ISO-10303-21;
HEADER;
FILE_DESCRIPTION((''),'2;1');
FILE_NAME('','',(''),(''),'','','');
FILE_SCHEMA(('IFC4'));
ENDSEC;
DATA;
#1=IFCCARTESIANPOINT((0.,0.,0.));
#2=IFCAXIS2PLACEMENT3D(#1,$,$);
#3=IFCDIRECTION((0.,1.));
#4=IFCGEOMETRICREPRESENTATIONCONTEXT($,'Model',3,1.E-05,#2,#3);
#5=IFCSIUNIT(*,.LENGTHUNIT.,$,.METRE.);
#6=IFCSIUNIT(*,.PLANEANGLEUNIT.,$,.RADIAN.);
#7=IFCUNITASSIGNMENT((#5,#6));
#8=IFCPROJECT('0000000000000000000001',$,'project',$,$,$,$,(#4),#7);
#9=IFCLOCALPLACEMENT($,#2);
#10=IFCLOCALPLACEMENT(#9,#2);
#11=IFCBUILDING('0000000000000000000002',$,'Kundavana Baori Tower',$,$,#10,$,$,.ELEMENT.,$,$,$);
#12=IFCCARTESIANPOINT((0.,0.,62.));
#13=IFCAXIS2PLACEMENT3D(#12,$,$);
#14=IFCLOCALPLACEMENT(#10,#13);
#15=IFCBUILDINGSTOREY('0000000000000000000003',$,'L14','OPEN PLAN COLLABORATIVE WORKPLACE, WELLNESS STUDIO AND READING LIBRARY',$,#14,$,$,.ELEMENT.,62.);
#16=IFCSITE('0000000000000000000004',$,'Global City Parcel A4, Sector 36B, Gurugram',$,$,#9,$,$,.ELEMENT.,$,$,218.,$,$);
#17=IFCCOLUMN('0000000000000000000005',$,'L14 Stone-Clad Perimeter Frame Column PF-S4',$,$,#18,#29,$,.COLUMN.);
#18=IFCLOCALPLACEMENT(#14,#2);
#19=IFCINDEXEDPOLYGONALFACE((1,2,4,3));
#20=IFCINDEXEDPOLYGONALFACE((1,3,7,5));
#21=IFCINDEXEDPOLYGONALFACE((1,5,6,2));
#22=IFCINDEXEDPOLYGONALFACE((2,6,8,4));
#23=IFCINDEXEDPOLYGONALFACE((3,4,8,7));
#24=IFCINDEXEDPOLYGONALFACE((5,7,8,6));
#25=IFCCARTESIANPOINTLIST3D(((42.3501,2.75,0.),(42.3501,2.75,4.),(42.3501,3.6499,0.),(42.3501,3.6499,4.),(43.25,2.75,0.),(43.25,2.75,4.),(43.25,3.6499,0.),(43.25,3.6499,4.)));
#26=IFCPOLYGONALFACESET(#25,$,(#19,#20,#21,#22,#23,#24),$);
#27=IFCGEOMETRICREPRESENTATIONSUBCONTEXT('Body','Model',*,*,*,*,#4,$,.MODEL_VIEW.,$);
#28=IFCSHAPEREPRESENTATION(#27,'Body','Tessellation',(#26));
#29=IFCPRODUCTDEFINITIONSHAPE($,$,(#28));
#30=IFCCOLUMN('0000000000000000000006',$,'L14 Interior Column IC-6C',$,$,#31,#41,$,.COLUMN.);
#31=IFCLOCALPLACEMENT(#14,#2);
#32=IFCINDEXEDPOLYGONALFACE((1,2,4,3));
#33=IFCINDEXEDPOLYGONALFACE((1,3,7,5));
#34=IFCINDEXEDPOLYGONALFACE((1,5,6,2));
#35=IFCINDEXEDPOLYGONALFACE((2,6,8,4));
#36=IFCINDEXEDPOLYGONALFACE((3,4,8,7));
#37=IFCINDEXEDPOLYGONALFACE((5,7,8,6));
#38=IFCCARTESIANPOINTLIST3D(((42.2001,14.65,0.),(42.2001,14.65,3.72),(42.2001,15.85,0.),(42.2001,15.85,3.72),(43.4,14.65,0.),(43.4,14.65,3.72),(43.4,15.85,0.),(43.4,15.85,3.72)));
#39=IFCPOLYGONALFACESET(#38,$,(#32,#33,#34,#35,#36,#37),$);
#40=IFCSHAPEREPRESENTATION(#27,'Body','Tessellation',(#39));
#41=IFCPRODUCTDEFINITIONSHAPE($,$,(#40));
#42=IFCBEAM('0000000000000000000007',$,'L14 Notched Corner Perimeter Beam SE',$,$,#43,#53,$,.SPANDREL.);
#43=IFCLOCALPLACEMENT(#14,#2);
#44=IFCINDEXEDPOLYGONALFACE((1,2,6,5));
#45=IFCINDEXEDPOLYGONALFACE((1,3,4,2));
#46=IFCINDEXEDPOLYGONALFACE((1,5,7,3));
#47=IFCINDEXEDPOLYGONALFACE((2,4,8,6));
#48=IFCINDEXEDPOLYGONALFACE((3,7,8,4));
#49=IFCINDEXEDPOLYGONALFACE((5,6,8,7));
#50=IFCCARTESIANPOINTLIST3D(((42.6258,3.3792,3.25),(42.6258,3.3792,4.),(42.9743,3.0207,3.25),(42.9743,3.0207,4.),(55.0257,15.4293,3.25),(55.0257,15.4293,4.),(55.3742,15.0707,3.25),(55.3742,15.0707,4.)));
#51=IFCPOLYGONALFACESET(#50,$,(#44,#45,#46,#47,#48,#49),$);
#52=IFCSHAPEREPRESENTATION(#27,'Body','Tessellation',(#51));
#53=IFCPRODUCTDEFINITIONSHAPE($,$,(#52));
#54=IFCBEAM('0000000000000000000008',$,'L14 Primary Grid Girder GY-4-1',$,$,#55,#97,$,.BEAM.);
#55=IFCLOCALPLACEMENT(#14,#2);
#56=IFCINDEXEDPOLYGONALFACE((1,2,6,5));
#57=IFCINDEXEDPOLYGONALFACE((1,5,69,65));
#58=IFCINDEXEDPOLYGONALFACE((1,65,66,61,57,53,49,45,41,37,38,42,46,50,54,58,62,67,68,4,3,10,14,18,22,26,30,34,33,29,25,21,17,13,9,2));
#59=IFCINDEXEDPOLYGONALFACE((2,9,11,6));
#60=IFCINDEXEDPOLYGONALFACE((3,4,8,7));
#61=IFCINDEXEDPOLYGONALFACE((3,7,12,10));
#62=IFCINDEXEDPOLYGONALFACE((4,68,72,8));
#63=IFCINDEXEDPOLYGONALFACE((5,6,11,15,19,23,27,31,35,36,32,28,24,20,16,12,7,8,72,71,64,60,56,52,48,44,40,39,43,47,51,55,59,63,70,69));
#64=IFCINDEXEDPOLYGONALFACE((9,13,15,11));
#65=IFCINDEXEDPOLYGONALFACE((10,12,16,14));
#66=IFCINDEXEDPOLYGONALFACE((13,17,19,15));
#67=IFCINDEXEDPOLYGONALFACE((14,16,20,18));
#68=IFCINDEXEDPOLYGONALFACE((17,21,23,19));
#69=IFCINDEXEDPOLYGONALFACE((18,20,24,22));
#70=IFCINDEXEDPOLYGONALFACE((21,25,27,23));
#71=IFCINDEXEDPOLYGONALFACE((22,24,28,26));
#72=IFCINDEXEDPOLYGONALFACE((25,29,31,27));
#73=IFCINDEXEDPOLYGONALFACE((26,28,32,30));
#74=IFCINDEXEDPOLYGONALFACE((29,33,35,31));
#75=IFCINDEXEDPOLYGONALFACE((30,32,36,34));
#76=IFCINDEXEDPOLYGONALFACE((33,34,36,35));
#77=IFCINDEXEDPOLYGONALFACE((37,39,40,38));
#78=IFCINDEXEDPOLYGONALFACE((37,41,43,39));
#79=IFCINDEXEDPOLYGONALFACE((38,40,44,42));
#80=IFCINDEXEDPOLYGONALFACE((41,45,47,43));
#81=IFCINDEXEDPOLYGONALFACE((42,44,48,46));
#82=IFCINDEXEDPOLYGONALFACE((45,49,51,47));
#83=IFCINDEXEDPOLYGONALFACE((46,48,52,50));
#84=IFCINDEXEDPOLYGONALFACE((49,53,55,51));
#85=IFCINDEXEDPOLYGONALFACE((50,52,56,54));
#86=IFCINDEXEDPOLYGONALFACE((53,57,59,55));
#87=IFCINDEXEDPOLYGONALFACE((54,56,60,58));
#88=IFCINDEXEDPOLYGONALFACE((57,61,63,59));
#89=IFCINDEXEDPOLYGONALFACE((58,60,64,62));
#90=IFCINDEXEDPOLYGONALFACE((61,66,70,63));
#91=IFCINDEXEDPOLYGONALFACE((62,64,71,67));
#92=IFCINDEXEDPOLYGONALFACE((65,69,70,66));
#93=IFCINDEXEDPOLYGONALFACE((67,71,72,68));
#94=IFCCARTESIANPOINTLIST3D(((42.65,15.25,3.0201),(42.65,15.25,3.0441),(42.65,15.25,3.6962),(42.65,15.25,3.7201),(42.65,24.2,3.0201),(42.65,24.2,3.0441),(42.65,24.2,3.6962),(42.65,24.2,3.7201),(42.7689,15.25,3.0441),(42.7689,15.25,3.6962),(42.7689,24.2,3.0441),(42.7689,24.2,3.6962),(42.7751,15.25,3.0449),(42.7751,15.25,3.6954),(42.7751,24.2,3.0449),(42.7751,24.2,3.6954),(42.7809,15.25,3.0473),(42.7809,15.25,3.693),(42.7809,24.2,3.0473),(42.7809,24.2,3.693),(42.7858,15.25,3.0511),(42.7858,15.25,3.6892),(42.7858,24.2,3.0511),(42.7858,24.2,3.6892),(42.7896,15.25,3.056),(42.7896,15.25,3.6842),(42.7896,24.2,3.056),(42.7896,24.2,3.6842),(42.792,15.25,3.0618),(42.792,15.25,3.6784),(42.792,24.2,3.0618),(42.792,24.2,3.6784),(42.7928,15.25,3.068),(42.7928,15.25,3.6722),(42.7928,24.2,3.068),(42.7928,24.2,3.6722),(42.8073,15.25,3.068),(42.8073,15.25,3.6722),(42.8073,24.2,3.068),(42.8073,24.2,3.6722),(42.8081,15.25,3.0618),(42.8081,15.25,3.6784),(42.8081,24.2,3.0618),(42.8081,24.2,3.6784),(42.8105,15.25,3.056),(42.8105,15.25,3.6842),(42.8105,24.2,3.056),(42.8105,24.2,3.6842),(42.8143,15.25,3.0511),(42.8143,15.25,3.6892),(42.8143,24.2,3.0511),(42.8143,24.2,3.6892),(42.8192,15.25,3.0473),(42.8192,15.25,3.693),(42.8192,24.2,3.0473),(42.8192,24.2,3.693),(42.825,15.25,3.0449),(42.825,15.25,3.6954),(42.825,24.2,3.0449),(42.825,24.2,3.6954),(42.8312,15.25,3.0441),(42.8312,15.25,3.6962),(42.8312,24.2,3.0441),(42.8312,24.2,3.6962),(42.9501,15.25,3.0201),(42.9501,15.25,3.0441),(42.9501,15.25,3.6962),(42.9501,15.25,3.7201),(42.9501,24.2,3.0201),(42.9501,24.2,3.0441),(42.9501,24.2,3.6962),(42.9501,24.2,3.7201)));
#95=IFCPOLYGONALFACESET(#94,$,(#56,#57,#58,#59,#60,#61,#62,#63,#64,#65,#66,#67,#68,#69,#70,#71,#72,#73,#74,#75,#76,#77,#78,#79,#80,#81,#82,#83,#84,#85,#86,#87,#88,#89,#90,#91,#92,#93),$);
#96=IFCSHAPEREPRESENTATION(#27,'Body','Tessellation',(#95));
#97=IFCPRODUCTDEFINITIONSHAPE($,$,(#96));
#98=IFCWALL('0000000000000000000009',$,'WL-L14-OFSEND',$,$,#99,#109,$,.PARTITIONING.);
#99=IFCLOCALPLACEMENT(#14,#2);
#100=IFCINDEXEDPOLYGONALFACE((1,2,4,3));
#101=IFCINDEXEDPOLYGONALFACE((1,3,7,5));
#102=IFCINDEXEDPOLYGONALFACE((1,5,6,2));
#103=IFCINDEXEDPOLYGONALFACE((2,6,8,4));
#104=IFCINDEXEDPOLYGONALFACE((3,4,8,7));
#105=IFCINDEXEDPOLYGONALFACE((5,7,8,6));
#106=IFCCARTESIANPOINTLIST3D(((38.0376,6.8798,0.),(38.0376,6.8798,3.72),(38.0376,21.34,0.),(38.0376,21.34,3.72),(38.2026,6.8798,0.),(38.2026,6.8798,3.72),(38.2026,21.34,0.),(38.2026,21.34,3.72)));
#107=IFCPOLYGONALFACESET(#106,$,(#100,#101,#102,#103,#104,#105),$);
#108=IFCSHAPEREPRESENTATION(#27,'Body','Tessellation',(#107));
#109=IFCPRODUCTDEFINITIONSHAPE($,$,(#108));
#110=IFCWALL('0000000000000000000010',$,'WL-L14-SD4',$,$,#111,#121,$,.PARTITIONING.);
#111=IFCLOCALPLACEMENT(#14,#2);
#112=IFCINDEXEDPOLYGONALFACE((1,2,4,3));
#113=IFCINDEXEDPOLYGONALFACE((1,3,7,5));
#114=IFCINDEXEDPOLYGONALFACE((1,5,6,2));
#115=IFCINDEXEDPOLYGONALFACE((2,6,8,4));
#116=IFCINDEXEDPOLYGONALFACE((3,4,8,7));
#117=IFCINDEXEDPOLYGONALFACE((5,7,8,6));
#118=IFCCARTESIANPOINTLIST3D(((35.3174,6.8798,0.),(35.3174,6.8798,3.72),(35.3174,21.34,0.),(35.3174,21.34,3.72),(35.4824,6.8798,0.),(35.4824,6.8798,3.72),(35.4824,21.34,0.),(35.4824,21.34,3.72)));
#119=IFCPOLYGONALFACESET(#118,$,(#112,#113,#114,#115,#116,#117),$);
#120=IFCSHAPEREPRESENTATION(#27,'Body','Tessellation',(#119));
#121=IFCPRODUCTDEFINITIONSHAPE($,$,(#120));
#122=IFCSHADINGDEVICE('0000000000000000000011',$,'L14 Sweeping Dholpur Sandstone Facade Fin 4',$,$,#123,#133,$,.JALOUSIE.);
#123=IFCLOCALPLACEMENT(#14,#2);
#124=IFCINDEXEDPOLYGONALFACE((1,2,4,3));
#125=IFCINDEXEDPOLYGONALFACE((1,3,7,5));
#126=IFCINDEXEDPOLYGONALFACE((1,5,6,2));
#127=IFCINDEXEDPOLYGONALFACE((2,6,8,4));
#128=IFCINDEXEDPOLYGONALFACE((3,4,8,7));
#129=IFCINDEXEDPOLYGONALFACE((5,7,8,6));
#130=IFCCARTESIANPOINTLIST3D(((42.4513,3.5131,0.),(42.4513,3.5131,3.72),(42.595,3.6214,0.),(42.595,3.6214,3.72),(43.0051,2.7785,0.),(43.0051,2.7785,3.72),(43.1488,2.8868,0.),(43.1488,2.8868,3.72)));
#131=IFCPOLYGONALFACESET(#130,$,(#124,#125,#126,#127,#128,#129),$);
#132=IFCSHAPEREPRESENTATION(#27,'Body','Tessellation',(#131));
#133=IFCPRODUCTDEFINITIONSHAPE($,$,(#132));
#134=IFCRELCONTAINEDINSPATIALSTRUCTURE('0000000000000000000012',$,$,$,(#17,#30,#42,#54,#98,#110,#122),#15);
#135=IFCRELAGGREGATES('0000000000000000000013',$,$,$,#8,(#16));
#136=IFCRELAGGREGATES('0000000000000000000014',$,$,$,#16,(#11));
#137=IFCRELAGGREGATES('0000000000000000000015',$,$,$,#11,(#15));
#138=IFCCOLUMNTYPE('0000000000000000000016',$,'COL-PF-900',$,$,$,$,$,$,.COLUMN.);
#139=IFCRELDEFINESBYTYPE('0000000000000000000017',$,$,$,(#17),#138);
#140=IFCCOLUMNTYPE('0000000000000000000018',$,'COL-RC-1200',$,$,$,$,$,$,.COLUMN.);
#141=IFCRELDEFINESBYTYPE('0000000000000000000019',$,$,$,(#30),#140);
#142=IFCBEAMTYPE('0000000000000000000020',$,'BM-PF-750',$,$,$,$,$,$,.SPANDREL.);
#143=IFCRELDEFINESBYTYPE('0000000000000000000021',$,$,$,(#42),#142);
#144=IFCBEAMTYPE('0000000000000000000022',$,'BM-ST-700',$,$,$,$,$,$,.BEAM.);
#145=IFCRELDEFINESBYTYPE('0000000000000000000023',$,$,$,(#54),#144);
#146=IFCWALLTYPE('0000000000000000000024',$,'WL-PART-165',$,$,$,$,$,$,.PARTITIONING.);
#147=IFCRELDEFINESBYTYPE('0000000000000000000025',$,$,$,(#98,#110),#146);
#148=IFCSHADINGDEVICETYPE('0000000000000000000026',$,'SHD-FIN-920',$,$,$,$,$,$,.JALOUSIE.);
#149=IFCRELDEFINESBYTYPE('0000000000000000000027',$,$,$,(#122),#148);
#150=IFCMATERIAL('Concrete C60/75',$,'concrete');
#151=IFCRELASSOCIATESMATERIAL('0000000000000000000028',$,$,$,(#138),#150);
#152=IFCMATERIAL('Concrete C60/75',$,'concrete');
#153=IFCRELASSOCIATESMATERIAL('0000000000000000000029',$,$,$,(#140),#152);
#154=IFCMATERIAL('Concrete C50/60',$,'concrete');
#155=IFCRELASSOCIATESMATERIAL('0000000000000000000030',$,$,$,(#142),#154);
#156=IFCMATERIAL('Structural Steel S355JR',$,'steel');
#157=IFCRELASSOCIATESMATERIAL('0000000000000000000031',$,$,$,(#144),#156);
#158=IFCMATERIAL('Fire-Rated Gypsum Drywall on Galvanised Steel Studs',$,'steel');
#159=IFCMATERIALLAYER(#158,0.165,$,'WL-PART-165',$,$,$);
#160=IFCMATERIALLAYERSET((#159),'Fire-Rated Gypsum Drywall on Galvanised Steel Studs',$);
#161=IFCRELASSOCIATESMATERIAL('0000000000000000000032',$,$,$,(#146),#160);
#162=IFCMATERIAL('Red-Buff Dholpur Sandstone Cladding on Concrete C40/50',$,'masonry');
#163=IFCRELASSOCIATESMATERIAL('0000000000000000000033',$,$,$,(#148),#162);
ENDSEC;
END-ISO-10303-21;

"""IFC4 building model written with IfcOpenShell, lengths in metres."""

from ifc_helpers import new_model, si_unit, direction, frame, frame_2d, origin, origin_2d, place, context, subcontext, project, spatial, rectangle, i_section, extrude, material, layer, layer_set, material_profile, profile_set, type_object, element, save


model = new_model("IFC4")

# Units and contexts
model_context = context("Model", 3, precision=1e-05, world=origin(), true_north=direction((0.0, 1.0)))
body_context = subcontext(model_context, "Body", "Model", "MODEL_VIEW")
ifc_project = project(units=[si_unit("LENGTHUNIT", "METRE"), si_unit("PLANEANGLEUNIT", "RADIAN")], contexts=[model_context])

# Site, building, storey
site_placement = place(None, origin())
site = spatial("IfcSite", under=ifc_project, at=site_placement, Name="Global City Parcel A4, Sector 36B, Gurugram", CompositionType="ELEMENT", RefElevation=218.0)
building_placement = place(site_placement, origin())
building = spatial("IfcBuilding", under=site, at=building_placement, Name="Kundavana Baori Tower", CompositionType="ELEMENT")
storey_placement = place(building_placement, frame((0.0, 0.0, 62.0)))
storey = spatial("IfcBuildingStorey", under=building, at=storey_placement, Name="L14", Description="OPEN PLAN COLLABORATIVE WORKPLACE, WELLNESS STUDIO AND READING LIBRARY", CompositionType="ELEMENT", Elevation=62.0)

# Columns
ifc_material_1 = material(Name="Concrete C60/75", Category="concrete")
ifc_material_profile_1 = material_profile(ifc_material_1, rectangle(XDim=0.8999, YDim=0.8999, at=origin_2d()), Name="RC PF 900x900")
ifc_profile_set_1 = profile_set([ifc_material_profile_1], Name="Concrete C60/75")
column_type_1 = type_object("IfcColumnType", Name="COL-PF-900", PredefinedType="COLUMN", material=ifc_profile_set_1)
column_1_placement = place(storey_placement, frame((42.8, 3.2, 0.0), z_axis=(0.0, 0.0, 1.0), x_axis=(1.0, 0.0, 0.0)))
element("IfcColumn", 1, at=column_1_placement, inside=storey, type_object=column_type_1, Name="L14 Stone-Clad Perimeter Frame Column PF-S4", PredefinedType="COLUMN", context=body_context, shape_type="SweptSolid", body=[
    extrude(rectangle(XDim=0.8999, YDim=0.8999, at=origin_2d()), origin(), (0.0, 0.0, 1.0), 4.0),
])
ifc_material_2 = material(Name="Concrete C60/75", Category="concrete")
ifc_material_profile_2 = material_profile(ifc_material_2, rectangle(XDim=1.2, YDim=1.2, at=origin_2d()), Name="RC 1200x1200")
ifc_profile_set_2 = profile_set([ifc_material_profile_2], Name="Concrete C60/75")
column_type_2 = type_object("IfcColumnType", Name="COL-RC-1200", PredefinedType="COLUMN", material=ifc_profile_set_2)
column_2_placement = place(storey_placement, frame((42.8, 15.25, 0.0), z_axis=(0.0, 0.0, 1.0), x_axis=(1.0, 0.0, 0.0)))
element("IfcColumn", 2, at=column_2_placement, inside=storey, type_object=column_type_2, Name="L14 Interior Column IC-6C", PredefinedType="COLUMN", context=body_context, shape_type="SweptSolid", body=[
    extrude(rectangle(XDim=1.2, YDim=1.2, at=origin_2d()), origin(), (0.0, 0.0, 1.0), 3.72),
])

# Beams
ifc_material_3 = material(Name="Concrete C50/60", Category="concrete")
ifc_material_profile_3 = material_profile(ifc_material_3, rectangle(XDim=0.5, YDim=0.75, at=origin_2d()), Name="RC BM 500x750")
ifc_profile_set_3 = profile_set([ifc_material_profile_3], Name="Concrete C50/60")
beam_type_1 = type_object("IfcBeamType", Name="BM-PF-750", PredefinedType="SPANDREL", material=ifc_profile_set_3)
beam_1_placement = place(storey_placement, frame((42.8, 3.2, 3.625), z_axis=(0.717151, 0.696917, 0.0), x_axis=(-0.696917, 0.717151, 0.0)))
element("IfcBeam", 3, at=beam_1_placement, inside=storey, type_object=beam_type_1, Name="L14 Notched Corner Perimeter Beam SE", PredefinedType="SPANDREL", context=body_context, shape_type="SweptSolid", body=[
    extrude(rectangle(XDim=0.5, YDim=0.75, at=origin_2d()), origin(), (0.0, 0.0, 1.0), 17.2905),
])
ifc_material_4 = material(Name="Structural Steel S355JR", Category="steel")
ifc_material_profile_4 = material_profile(ifc_material_4, i_section(OverallWidth=0.3, OverallDepth=0.7, WebThickness=0.0144, FlangeThickness=0.0239, FilletRadius=0.0239, at=origin_2d()), Name="NPB 700x300x170")
ifc_profile_set_4 = profile_set([ifc_material_profile_4], Name="Structural Steel S355JR")
beam_type_2 = type_object("IfcBeamType", Name="BM-ST-700", PredefinedType="BEAM", material=ifc_profile_set_4)
beam_2_placement = place(storey_placement, frame((42.8, 15.25, 3.3701), z_axis=(0.0, 1.0, 0.0), x_axis=(-1.0, 0.0, 0.0)))
element("IfcBeam", 4, at=beam_2_placement, inside=storey, type_object=beam_type_2, Name="L14 Primary Grid Girder GY-4-1", PredefinedType="BEAM", context=body_context, shape_type="SweptSolid", body=[
    extrude(i_section(OverallWidth=0.3, OverallDepth=0.7, WebThickness=0.0144, FlangeThickness=0.0239, FilletRadius=0.0239, at=origin_2d()), origin(), (0.0, 0.0, 1.0), 8.95),
])

# Walls
ifc_material_5 = material(Name="Fire-Rated Gypsum Drywall on Galvanised Steel Studs", Category="steel")
ifc_layer = layer(ifc_material_5, 0.165, Name="WL-PART-165")
ifc_layer_set = layer_set([ifc_layer], Name="Fire-Rated Gypsum Drywall on Galvanised Steel Studs")
wall_type = type_object("IfcWallType", Name="WL-PART-165", PredefinedType="PARTITIONING", material=ifc_layer_set)
for number, where, z_axis, x_axis, name in (
    (5, (38.1201, 6.8799, 0.0), (0.0, 0.0, 1.0), (0.0, 1.0, 0.0), "WL-L14-OFSEND"),
    (6, (35.3999, 6.8799, 0.0), (0.0, 0.0, 1.0), (0.0, 1.0, 0.0), "WL-L14-SD4"),
):
    element("IfcWall", number, at=place(storey_placement, frame(where, z_axis=z_axis, x_axis=x_axis)), inside=storey, type_object=wall_type, Name=name, PredefinedType="PARTITIONING", context=body_context, shape_type="SweptSolid", body=[
        extrude(rectangle(XDim=14.4602, YDim=0.165, at=frame_2d((7.23, 0.0))), origin(), (0.0, 0.0, 1.0), 3.72),
    ])

# Shading device
ifc_material_6 = material(Name="Red-Buff Dholpur Sandstone Cladding on Concrete C40/50", Category="masonry")
shading_device_type = type_object("IfcShadingDeviceType", Name="SHD-FIN-920", PredefinedType="JALOUSIE", material=ifc_material_6)
shading_device_placement = place(storey_placement, frame((42.8, 3.2, 0.0), z_axis=(0.0, 0.0, 1.0), x_axis=(0.79853, 0.601954, 0.0)))
element("IfcShadingDevice", 7, at=shading_device_placement, inside=storey, type_object=shading_device_type, Name="L14 Sweeping Dholpur Sandstone Facade Fin 4", PredefinedType="JALOUSIE", context=body_context, shape_type="SweptSolid", body=[
    extrude(rectangle(XDim=0.1799, YDim=0.9199, at=origin_2d()), origin(), (0.0, 0.0, 1.0), 3.72),
])

save(model, "model.ifc")
